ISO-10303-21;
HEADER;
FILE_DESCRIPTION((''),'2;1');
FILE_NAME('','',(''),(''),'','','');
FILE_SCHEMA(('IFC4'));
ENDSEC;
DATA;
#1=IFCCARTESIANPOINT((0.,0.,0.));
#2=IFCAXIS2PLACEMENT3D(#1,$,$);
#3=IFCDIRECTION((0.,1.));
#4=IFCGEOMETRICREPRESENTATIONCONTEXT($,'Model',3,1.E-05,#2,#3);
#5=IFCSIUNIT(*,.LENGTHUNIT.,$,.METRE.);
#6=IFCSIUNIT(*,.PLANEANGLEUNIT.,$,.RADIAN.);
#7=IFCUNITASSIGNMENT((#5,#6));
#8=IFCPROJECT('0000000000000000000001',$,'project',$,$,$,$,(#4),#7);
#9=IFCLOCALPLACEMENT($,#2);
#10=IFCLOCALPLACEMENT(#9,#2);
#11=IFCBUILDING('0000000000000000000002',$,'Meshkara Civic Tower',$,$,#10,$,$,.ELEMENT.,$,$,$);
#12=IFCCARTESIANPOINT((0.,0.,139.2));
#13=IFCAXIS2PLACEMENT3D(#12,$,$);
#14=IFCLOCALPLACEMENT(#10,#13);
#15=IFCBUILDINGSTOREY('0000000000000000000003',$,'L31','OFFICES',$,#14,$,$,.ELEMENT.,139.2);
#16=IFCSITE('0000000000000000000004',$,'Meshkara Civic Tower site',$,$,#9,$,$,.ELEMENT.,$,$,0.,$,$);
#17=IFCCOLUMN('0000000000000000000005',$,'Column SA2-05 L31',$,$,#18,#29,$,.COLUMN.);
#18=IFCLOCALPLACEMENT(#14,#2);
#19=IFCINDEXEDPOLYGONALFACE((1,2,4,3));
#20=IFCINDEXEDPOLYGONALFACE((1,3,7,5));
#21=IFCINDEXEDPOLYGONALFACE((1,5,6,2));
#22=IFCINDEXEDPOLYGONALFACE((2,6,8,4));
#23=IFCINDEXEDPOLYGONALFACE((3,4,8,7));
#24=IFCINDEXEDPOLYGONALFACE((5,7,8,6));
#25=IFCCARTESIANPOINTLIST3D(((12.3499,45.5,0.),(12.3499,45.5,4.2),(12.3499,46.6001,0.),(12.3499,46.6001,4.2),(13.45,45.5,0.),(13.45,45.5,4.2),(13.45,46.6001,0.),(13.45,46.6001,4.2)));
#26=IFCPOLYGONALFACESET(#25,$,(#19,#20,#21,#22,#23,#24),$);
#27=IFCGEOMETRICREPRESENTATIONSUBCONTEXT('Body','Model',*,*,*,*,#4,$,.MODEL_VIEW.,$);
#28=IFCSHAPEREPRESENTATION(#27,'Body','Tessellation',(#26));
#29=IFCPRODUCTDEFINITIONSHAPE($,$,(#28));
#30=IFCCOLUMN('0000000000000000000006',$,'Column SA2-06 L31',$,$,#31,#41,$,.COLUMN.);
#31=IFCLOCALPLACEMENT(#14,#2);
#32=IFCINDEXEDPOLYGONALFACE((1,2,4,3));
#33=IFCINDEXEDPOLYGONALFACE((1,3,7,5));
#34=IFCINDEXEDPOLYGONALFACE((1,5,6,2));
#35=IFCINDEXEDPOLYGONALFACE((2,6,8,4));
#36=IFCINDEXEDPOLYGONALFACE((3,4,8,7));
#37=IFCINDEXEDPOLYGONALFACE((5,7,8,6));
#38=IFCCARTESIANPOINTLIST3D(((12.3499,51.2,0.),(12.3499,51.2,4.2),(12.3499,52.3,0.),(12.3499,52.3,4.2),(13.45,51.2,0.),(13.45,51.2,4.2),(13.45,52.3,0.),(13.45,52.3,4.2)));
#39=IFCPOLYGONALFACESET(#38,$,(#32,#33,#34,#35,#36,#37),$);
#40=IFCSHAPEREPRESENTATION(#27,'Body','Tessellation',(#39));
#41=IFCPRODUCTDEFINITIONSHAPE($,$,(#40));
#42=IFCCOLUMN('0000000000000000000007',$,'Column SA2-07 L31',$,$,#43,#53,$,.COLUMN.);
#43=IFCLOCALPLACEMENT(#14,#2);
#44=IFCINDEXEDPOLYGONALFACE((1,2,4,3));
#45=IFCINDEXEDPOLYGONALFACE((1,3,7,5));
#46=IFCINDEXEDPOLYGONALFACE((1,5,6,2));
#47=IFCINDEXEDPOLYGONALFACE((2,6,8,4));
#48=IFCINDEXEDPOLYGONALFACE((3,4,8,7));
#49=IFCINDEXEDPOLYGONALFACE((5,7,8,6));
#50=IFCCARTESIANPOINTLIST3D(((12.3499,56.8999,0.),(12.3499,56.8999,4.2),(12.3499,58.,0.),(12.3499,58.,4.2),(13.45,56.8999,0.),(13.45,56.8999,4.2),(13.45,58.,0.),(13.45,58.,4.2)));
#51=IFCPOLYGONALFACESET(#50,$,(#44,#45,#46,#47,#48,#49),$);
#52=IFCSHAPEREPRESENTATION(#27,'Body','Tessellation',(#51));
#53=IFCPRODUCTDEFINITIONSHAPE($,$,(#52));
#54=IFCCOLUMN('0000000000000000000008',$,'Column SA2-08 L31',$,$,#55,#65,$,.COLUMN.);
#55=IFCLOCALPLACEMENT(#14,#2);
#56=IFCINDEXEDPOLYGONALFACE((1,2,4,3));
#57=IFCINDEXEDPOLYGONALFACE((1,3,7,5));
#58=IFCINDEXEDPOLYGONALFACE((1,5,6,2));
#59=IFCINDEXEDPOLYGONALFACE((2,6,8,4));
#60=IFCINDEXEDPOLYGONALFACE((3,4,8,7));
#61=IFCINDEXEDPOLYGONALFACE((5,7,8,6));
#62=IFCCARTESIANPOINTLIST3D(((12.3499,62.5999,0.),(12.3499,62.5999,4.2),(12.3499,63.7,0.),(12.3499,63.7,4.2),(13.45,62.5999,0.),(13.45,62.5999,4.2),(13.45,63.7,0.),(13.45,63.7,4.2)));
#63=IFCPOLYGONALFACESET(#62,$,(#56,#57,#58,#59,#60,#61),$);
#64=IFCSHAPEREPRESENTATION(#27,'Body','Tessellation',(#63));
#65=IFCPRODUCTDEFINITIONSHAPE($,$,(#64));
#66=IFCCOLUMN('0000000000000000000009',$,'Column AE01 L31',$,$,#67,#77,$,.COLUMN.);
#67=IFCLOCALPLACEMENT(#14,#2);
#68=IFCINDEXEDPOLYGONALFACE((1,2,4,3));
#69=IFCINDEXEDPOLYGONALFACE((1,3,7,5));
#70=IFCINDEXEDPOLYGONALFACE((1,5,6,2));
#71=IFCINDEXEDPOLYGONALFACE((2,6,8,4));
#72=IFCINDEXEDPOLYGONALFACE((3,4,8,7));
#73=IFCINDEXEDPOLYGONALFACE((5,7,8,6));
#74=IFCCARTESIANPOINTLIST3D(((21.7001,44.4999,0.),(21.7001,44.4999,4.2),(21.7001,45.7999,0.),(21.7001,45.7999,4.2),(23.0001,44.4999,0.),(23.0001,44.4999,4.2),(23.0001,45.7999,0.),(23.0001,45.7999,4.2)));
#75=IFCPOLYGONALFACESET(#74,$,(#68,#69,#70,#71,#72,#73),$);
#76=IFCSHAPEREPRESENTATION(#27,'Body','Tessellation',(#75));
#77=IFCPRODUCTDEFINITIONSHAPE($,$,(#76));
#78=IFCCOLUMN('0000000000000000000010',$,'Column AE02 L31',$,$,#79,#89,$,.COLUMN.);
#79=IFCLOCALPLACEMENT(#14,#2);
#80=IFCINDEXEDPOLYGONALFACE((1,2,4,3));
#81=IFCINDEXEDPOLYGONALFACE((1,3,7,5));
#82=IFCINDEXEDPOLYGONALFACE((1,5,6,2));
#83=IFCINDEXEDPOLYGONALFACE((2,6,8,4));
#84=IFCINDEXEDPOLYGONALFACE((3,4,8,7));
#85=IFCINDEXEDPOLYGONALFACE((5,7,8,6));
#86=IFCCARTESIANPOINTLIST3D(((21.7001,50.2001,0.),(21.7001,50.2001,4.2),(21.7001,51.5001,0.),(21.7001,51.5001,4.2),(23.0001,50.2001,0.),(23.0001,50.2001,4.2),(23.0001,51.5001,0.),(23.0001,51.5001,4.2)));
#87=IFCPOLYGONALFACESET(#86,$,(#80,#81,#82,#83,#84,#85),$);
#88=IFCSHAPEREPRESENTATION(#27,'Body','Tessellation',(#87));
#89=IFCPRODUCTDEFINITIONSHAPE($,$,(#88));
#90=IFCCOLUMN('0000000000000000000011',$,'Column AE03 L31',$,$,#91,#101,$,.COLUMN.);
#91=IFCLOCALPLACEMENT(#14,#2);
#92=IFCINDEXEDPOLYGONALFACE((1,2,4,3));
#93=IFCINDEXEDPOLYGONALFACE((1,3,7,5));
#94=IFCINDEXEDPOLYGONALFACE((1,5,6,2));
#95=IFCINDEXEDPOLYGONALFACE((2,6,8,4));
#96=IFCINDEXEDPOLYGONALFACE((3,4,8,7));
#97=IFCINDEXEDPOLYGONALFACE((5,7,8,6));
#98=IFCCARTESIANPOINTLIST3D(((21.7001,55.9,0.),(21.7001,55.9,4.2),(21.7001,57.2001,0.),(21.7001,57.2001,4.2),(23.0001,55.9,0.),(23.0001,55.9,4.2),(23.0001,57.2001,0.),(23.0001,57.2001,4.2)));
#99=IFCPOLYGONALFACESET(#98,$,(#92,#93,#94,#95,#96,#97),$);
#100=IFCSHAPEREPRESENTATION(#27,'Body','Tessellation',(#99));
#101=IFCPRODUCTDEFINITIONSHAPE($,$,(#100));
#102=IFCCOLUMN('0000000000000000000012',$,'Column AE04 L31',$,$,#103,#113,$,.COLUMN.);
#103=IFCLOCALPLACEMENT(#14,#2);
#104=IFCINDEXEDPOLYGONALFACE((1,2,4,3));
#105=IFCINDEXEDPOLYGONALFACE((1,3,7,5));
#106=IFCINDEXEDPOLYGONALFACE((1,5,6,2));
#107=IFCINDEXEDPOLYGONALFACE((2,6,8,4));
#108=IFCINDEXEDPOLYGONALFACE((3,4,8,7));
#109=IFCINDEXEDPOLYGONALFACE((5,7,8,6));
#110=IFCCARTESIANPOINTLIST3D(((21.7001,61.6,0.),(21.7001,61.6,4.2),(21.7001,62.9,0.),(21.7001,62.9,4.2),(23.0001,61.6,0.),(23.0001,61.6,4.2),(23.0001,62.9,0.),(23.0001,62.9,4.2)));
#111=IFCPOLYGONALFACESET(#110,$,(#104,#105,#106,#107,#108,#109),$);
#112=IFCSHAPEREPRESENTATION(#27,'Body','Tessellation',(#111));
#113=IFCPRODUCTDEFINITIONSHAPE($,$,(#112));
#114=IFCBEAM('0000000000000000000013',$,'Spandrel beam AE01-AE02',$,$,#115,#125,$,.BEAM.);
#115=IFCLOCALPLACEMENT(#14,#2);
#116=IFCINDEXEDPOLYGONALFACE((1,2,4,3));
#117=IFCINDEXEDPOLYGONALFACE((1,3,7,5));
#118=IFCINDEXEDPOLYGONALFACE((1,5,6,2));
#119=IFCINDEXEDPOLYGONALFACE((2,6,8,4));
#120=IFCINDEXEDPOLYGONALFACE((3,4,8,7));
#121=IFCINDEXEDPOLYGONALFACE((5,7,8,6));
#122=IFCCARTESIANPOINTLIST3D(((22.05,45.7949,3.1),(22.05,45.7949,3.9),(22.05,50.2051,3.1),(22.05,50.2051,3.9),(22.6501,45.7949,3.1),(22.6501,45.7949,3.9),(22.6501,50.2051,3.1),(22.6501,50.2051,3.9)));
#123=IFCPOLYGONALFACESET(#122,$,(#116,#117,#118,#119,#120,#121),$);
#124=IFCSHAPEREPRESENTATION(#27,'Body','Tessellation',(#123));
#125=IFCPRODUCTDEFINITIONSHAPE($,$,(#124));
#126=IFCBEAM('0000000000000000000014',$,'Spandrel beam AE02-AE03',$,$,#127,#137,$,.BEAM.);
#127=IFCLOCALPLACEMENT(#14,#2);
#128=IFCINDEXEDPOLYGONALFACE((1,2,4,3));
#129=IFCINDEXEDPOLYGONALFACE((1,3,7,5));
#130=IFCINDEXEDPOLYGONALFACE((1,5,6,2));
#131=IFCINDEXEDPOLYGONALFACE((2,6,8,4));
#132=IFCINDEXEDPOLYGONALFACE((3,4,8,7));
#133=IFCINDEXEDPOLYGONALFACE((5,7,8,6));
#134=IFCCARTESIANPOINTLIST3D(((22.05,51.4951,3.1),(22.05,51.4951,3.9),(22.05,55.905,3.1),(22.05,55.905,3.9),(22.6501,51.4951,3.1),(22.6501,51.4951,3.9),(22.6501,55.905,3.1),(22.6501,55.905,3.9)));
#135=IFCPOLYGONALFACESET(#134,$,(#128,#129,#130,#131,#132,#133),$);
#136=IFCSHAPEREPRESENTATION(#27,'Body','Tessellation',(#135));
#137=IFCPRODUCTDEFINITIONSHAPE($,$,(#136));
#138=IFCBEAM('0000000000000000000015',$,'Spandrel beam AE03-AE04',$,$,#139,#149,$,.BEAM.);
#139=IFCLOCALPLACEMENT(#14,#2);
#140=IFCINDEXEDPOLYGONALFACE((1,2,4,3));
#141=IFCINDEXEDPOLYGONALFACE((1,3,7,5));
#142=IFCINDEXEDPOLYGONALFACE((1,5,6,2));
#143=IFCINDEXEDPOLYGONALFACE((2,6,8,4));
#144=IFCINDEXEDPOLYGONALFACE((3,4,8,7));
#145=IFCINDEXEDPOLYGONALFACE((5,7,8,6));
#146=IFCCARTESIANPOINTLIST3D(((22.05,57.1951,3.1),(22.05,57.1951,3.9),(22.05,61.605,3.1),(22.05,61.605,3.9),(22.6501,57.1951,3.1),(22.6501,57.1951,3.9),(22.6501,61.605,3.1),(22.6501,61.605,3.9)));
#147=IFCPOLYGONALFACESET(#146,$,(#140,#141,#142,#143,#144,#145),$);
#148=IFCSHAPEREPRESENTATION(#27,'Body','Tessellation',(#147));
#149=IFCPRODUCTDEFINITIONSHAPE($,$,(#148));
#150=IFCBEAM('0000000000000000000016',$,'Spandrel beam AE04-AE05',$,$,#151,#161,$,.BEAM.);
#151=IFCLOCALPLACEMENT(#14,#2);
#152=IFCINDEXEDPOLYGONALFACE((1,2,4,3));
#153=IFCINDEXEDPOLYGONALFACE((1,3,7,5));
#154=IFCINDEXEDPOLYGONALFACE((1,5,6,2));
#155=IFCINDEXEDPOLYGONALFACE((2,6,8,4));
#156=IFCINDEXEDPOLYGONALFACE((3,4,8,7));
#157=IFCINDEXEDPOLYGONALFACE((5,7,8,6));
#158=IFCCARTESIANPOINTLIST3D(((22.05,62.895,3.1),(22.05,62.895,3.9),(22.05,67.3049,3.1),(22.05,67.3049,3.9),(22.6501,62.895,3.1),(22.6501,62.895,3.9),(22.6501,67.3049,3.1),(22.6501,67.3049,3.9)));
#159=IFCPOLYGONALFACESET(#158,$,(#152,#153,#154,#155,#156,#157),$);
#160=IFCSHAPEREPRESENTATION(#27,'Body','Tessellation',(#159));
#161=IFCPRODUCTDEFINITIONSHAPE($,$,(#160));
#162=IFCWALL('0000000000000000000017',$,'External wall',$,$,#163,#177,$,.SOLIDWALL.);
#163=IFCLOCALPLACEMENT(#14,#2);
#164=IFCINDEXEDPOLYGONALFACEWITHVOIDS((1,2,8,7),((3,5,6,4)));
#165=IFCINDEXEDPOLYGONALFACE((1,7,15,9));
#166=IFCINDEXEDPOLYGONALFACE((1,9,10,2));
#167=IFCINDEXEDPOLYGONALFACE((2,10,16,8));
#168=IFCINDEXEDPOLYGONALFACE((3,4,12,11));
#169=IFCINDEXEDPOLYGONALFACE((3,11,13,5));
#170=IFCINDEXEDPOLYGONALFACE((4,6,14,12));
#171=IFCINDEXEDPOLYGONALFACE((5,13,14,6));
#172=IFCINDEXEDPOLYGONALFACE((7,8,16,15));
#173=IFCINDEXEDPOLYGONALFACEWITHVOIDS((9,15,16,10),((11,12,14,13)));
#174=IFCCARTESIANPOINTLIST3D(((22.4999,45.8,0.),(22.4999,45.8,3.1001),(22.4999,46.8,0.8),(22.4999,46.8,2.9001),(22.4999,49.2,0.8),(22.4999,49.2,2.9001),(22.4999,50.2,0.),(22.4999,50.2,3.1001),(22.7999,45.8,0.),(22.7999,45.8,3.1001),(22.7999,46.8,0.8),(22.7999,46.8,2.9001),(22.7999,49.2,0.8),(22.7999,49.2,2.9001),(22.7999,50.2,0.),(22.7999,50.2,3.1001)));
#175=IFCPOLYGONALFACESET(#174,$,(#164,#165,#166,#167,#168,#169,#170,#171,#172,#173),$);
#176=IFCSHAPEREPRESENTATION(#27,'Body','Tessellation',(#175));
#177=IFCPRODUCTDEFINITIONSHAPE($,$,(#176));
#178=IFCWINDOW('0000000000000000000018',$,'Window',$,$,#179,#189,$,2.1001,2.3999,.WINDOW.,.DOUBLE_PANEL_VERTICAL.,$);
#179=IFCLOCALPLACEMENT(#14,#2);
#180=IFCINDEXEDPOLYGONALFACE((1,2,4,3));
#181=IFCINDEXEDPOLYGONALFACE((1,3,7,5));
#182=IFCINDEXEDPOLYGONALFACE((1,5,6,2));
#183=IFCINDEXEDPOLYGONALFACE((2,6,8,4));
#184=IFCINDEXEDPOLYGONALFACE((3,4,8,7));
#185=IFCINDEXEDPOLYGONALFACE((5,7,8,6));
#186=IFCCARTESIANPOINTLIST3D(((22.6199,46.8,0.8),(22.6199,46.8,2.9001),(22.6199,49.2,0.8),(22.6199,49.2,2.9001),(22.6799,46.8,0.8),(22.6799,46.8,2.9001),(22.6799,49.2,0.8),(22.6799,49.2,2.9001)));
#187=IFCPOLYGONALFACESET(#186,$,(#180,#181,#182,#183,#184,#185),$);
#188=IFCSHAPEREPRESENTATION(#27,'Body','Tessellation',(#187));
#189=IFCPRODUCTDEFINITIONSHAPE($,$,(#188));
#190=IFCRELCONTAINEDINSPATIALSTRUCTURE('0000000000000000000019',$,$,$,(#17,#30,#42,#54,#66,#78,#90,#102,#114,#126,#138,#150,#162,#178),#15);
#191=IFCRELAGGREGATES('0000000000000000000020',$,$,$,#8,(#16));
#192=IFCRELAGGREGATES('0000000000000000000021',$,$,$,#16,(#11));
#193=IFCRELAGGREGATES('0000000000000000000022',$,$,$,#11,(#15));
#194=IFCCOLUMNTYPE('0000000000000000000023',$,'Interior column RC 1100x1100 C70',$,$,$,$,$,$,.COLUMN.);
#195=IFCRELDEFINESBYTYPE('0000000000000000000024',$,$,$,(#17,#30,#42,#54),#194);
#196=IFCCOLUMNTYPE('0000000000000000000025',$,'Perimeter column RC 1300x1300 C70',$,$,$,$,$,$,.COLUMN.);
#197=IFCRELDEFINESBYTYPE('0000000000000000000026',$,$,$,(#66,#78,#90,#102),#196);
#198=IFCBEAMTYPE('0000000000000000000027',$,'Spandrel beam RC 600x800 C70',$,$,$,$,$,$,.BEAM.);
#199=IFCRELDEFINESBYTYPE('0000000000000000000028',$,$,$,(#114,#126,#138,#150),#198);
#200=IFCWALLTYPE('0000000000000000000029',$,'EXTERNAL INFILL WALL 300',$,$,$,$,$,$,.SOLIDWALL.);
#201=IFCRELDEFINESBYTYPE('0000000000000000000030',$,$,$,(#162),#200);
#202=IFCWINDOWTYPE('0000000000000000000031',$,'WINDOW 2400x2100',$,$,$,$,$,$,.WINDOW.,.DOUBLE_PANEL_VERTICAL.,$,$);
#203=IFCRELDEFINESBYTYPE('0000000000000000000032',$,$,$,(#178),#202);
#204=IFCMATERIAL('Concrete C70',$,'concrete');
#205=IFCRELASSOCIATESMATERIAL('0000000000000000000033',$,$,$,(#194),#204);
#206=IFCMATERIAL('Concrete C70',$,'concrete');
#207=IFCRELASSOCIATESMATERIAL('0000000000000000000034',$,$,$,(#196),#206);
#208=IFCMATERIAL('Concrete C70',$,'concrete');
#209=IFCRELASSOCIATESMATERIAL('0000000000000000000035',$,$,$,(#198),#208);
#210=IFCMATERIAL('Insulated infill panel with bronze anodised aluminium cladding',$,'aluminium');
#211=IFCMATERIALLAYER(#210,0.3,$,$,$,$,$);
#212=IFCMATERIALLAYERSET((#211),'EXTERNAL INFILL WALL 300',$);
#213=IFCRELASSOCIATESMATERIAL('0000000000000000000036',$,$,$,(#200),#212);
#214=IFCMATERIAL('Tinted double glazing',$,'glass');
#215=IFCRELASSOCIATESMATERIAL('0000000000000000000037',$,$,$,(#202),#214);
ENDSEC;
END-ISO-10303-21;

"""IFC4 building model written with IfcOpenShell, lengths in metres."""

from ifc_helpers import new_model, si_unit, direction, frame, frame_2d, origin, origin_2d, place, context, subcontext, project, spatial, rectangle, extrude, material, layer, layer_set, material_profile, profile_set, type_object, element, fill, save


model = new_model("IFC4")

# Units and contexts
model_context = context("Model", 3, precision=1e-05, world=origin(), true_north=direction((0.0, 1.0)))
body_context = subcontext(model_context, "Body", "Model", "MODEL_VIEW")
ifc_project = project(units=[si_unit("LENGTHUNIT", "METRE"), si_unit("PLANEANGLEUNIT", "RADIAN")], contexts=[model_context])

# Site, building, storey
site_placement = place(None, origin())
site = spatial("IfcSite", under=ifc_project, at=site_placement, Name="Meshkara Civic Tower site", CompositionType="ELEMENT", RefElevation=0.0)
building_placement = place(site_placement, origin())
building = spatial("IfcBuilding", under=site, at=building_placement, Name="Meshkara Civic Tower", CompositionType="ELEMENT")
storey_placement = place(building_placement, frame((0.0, 0.0, 139.2)))
storey = spatial("IfcBuildingStorey", under=building, at=storey_placement, Name="L31", Description="OFFICES", CompositionType="ELEMENT", Elevation=139.2)

# Columns
ifc_material_1 = material(Name="Concrete C70", Category="concrete")
ifc_material_profile_1 = material_profile(ifc_material_1, rectangle(XDim=1.1001, YDim=1.1001, at=origin_2d()))
ifc_profile_set_1 = profile_set([ifc_material_profile_1], Name="Concrete C70")
column_type_1 = type_object("IfcColumnType", Name="Interior column RC 1100x1100 C70", PredefinedType="COLUMN", material=ifc_profile_set_1)
for number, where, z_axis, x_axis, name in (
    (1, (12.8999, 46.05, 0.0), (0.0, 0.0, 1.0), (1.0, 0.0, 0.0), "Column SA2-05 L31"),
    (2, (12.8999, 51.75, 0.0), (0.0, 0.0, 1.0), (1.0, 0.0, 0.0), "Column SA2-06 L31"),
    (3, (12.8999, 57.45, 0.0), (0.0, 0.0, 1.0), (1.0, 0.0, 0.0), "Column SA2-07 L31"),
    (4, (12.8999, 63.1499, 0.0), (0.0, 0.0, 1.0), (1.0, 0.0, 0.0), "Column SA2-08 L31"),
):
    element("IfcColumn", number, at=place(storey_placement, frame(where, z_axis=z_axis, x_axis=x_axis)), inside=storey, type_object=column_type_1, Name=name, PredefinedType="COLUMN", context=body_context, shape_type="SweptSolid", body=[
        extrude(rectangle(XDim=1.1001, YDim=1.1001, at=origin_2d()), origin(), (0.0, 0.0, 1.0), 4.2),
    ])
ifc_material_2 = material(Name="Concrete C70", Category="concrete")
ifc_material_profile_2 = material_profile(ifc_material_2, rectangle(XDim=1.3, YDim=1.3, at=origin_2d()))
ifc_profile_set_2 = profile_set([ifc_material_profile_2], Name="Concrete C70")
column_type_2 = type_object("IfcColumnType", Name="Perimeter column RC 1300x1300 C70", PredefinedType="COLUMN", material=ifc_profile_set_2)
for number, where, z_axis, x_axis, name in (
    (5, (22.3501, 45.1499, 0.0), (0.0, 0.0, 1.0), (1.0, 0.0, 0.0), "Column AE01 L31"),
    (6, (22.3501, 50.8501, 0.0), (0.0, 0.0, 1.0), (1.0, 0.0, 0.0), "Column AE02 L31"),
    (7, (22.3501, 56.55, 0.0), (0.0, 0.0, 1.0), (1.0, 0.0, 0.0), "Column AE03 L31"),
    (8, (22.3501, 62.25, 0.0), (0.0, 0.0, 1.0), (1.0, 0.0, 0.0), "Column AE04 L31"),
):
    element("IfcColumn", number, at=place(storey_placement, frame(where, z_axis=z_axis, x_axis=x_axis)), inside=storey, type_object=column_type_2, Name=name, PredefinedType="COLUMN", context=body_context, shape_type="SweptSolid", body=[
        extrude(rectangle(XDim=1.3, YDim=1.3, at=origin_2d()), origin(), (0.0, 0.0, 1.0), 4.2),
    ])

# Beams
ifc_material_3 = material(Name="Concrete C70", Category="concrete")
ifc_material_profile_3 = material_profile(ifc_material_3, rectangle(XDim=0.6001, YDim=0.8, at=origin_2d()))
ifc_profile_set_3 = profile_set([ifc_material_profile_3], Name="Concrete C70")
beam_type = type_object("IfcBeamType", Name="Spandrel beam RC 600x800 C70", PredefinedType="BEAM", material=ifc_profile_set_3)
beam_placement = place(storey_placement, frame((22.3501, 45.7949, 3.5), z_axis=(0.0, 1.0, 0.0), x_axis=(-1.0, 0.0, 0.0)))
element("IfcBeam", 9, at=beam_placement, inside=storey, type_object=beam_type, Name="Spandrel beam AE01-AE02", PredefinedType="BEAM", context=body_context, shape_type="SweptSolid", body=[
    extrude(rectangle(XDim=0.6001, YDim=0.8, at=origin_2d()), origin(), (0.0, 0.0, 1.0), 4.4102),
])
for number, where, z_axis, x_axis, name in (
    (10, (22.3501, 51.4951, 3.5), (0.0, 1.0, 0.0), (-1.0, 0.0, 0.0), "Spandrel beam AE02-AE03"),
    (11, (22.3501, 57.1951, 3.5), (0.0, 1.0, 0.0), (-1.0, 0.0, 0.0), "Spandrel beam AE03-AE04"),
    (12, (22.3501, 62.895, 3.5), (0.0, 1.0, 0.0), (-1.0, 0.0, 0.0), "Spandrel beam AE04-AE05"),
):
    element("IfcBeam", number, at=place(storey_placement, frame(where, z_axis=z_axis, x_axis=x_axis)), inside=storey, type_object=beam_type, Name=name, PredefinedType="BEAM", context=body_context, shape_type="SweptSolid", body=[
        extrude(rectangle(XDim=0.6001, YDim=0.8, at=origin_2d()), origin(), (0.0, 0.0, 1.0), 4.4099),
    ])

# Wall, opening, window
ifc_material_4 = material(Name="Insulated infill panel with bronze anodised aluminium cladding", Category="aluminium")
ifc_layer_1 = layer(ifc_material_4, 0.3)
ifc_layer_set_1 = layer_set([ifc_layer_1], Name="EXTERNAL INFILL WALL 300")
wall_type_1 = type_object("IfcWallType", Name="EXTERNAL INFILL WALL 300", PredefinedType="SOLIDWALL", material=ifc_layer_set_1)
wall_1_placement = place(storey_placement, frame((22.6499, 45.8, 0.0), z_axis=(0.0, 0.0, 1.0), x_axis=(0.0, 1.0, 0.0)))
wall_1 = element("IfcWall", 13, at=wall_1_placement, inside=storey, type_object=wall_type_1, Name="External wall", PredefinedType="SOLIDWALL", context=body_context, shape_type="SweptSolid", body=[
    extrude(rectangle(XDim=4.3999, YDim=0.3, at=frame_2d((2.2, 0.0))), origin(), (0.0, 0.0, 1.0), 3.1001),
])
opening_1_placement = place(wall_1_placement, frame((1.0, 0.0, 0.8)))
opening_1 = element("IfcOpeningElement", 14, at=opening_1_placement, cuts=wall_1, PredefinedType="OPENING", context=body_context, shape_type="SweptSolid", body=[
    extrude(rectangle(XDim=2.3999, YDim=2.1001, at=frame_2d((1.2, 1.05))), frame((0.0, 0.1599, 0.0), z_axis=(0.0, -1.0, 0.0), x_axis=(1.0, 0.0, 0.0)), (0.0, 0.0, 1.0), 0.3201),
])
ifc_material_5 = material(Name="Tinted double glazing", Category="glass")
window_type = type_object("IfcWindowType", Name="WINDOW 2400x2100", PartitioningType="DOUBLE_PANEL_VERTICAL", PredefinedType="WINDOW", material=ifc_material_5)
window_1_placement = place(opening_1_placement, origin())
window_1 = element("IfcWindow", 15, at=window_1_placement, inside=storey, type_object=window_type, Name="Window", OverallHeight=2.1001, OverallWidth=2.3999, PartitioningType="DOUBLE_PANEL_VERTICAL", PredefinedType="WINDOW", context=body_context, shape_type="SweptSolid", body=[
    extrude(rectangle(XDim=2.3999, YDim=2.1001, at=frame_2d((1.2, 1.05))), frame((0.0, 0.03, 0.0), z_axis=(0.0, -1.0, 0.0), x_axis=(1.0, 0.0, 0.0)), (0.0, 0.0, 1.0), 0.0601),
])
fill(opening_1, window_1)

save(model, "model.ifc")
